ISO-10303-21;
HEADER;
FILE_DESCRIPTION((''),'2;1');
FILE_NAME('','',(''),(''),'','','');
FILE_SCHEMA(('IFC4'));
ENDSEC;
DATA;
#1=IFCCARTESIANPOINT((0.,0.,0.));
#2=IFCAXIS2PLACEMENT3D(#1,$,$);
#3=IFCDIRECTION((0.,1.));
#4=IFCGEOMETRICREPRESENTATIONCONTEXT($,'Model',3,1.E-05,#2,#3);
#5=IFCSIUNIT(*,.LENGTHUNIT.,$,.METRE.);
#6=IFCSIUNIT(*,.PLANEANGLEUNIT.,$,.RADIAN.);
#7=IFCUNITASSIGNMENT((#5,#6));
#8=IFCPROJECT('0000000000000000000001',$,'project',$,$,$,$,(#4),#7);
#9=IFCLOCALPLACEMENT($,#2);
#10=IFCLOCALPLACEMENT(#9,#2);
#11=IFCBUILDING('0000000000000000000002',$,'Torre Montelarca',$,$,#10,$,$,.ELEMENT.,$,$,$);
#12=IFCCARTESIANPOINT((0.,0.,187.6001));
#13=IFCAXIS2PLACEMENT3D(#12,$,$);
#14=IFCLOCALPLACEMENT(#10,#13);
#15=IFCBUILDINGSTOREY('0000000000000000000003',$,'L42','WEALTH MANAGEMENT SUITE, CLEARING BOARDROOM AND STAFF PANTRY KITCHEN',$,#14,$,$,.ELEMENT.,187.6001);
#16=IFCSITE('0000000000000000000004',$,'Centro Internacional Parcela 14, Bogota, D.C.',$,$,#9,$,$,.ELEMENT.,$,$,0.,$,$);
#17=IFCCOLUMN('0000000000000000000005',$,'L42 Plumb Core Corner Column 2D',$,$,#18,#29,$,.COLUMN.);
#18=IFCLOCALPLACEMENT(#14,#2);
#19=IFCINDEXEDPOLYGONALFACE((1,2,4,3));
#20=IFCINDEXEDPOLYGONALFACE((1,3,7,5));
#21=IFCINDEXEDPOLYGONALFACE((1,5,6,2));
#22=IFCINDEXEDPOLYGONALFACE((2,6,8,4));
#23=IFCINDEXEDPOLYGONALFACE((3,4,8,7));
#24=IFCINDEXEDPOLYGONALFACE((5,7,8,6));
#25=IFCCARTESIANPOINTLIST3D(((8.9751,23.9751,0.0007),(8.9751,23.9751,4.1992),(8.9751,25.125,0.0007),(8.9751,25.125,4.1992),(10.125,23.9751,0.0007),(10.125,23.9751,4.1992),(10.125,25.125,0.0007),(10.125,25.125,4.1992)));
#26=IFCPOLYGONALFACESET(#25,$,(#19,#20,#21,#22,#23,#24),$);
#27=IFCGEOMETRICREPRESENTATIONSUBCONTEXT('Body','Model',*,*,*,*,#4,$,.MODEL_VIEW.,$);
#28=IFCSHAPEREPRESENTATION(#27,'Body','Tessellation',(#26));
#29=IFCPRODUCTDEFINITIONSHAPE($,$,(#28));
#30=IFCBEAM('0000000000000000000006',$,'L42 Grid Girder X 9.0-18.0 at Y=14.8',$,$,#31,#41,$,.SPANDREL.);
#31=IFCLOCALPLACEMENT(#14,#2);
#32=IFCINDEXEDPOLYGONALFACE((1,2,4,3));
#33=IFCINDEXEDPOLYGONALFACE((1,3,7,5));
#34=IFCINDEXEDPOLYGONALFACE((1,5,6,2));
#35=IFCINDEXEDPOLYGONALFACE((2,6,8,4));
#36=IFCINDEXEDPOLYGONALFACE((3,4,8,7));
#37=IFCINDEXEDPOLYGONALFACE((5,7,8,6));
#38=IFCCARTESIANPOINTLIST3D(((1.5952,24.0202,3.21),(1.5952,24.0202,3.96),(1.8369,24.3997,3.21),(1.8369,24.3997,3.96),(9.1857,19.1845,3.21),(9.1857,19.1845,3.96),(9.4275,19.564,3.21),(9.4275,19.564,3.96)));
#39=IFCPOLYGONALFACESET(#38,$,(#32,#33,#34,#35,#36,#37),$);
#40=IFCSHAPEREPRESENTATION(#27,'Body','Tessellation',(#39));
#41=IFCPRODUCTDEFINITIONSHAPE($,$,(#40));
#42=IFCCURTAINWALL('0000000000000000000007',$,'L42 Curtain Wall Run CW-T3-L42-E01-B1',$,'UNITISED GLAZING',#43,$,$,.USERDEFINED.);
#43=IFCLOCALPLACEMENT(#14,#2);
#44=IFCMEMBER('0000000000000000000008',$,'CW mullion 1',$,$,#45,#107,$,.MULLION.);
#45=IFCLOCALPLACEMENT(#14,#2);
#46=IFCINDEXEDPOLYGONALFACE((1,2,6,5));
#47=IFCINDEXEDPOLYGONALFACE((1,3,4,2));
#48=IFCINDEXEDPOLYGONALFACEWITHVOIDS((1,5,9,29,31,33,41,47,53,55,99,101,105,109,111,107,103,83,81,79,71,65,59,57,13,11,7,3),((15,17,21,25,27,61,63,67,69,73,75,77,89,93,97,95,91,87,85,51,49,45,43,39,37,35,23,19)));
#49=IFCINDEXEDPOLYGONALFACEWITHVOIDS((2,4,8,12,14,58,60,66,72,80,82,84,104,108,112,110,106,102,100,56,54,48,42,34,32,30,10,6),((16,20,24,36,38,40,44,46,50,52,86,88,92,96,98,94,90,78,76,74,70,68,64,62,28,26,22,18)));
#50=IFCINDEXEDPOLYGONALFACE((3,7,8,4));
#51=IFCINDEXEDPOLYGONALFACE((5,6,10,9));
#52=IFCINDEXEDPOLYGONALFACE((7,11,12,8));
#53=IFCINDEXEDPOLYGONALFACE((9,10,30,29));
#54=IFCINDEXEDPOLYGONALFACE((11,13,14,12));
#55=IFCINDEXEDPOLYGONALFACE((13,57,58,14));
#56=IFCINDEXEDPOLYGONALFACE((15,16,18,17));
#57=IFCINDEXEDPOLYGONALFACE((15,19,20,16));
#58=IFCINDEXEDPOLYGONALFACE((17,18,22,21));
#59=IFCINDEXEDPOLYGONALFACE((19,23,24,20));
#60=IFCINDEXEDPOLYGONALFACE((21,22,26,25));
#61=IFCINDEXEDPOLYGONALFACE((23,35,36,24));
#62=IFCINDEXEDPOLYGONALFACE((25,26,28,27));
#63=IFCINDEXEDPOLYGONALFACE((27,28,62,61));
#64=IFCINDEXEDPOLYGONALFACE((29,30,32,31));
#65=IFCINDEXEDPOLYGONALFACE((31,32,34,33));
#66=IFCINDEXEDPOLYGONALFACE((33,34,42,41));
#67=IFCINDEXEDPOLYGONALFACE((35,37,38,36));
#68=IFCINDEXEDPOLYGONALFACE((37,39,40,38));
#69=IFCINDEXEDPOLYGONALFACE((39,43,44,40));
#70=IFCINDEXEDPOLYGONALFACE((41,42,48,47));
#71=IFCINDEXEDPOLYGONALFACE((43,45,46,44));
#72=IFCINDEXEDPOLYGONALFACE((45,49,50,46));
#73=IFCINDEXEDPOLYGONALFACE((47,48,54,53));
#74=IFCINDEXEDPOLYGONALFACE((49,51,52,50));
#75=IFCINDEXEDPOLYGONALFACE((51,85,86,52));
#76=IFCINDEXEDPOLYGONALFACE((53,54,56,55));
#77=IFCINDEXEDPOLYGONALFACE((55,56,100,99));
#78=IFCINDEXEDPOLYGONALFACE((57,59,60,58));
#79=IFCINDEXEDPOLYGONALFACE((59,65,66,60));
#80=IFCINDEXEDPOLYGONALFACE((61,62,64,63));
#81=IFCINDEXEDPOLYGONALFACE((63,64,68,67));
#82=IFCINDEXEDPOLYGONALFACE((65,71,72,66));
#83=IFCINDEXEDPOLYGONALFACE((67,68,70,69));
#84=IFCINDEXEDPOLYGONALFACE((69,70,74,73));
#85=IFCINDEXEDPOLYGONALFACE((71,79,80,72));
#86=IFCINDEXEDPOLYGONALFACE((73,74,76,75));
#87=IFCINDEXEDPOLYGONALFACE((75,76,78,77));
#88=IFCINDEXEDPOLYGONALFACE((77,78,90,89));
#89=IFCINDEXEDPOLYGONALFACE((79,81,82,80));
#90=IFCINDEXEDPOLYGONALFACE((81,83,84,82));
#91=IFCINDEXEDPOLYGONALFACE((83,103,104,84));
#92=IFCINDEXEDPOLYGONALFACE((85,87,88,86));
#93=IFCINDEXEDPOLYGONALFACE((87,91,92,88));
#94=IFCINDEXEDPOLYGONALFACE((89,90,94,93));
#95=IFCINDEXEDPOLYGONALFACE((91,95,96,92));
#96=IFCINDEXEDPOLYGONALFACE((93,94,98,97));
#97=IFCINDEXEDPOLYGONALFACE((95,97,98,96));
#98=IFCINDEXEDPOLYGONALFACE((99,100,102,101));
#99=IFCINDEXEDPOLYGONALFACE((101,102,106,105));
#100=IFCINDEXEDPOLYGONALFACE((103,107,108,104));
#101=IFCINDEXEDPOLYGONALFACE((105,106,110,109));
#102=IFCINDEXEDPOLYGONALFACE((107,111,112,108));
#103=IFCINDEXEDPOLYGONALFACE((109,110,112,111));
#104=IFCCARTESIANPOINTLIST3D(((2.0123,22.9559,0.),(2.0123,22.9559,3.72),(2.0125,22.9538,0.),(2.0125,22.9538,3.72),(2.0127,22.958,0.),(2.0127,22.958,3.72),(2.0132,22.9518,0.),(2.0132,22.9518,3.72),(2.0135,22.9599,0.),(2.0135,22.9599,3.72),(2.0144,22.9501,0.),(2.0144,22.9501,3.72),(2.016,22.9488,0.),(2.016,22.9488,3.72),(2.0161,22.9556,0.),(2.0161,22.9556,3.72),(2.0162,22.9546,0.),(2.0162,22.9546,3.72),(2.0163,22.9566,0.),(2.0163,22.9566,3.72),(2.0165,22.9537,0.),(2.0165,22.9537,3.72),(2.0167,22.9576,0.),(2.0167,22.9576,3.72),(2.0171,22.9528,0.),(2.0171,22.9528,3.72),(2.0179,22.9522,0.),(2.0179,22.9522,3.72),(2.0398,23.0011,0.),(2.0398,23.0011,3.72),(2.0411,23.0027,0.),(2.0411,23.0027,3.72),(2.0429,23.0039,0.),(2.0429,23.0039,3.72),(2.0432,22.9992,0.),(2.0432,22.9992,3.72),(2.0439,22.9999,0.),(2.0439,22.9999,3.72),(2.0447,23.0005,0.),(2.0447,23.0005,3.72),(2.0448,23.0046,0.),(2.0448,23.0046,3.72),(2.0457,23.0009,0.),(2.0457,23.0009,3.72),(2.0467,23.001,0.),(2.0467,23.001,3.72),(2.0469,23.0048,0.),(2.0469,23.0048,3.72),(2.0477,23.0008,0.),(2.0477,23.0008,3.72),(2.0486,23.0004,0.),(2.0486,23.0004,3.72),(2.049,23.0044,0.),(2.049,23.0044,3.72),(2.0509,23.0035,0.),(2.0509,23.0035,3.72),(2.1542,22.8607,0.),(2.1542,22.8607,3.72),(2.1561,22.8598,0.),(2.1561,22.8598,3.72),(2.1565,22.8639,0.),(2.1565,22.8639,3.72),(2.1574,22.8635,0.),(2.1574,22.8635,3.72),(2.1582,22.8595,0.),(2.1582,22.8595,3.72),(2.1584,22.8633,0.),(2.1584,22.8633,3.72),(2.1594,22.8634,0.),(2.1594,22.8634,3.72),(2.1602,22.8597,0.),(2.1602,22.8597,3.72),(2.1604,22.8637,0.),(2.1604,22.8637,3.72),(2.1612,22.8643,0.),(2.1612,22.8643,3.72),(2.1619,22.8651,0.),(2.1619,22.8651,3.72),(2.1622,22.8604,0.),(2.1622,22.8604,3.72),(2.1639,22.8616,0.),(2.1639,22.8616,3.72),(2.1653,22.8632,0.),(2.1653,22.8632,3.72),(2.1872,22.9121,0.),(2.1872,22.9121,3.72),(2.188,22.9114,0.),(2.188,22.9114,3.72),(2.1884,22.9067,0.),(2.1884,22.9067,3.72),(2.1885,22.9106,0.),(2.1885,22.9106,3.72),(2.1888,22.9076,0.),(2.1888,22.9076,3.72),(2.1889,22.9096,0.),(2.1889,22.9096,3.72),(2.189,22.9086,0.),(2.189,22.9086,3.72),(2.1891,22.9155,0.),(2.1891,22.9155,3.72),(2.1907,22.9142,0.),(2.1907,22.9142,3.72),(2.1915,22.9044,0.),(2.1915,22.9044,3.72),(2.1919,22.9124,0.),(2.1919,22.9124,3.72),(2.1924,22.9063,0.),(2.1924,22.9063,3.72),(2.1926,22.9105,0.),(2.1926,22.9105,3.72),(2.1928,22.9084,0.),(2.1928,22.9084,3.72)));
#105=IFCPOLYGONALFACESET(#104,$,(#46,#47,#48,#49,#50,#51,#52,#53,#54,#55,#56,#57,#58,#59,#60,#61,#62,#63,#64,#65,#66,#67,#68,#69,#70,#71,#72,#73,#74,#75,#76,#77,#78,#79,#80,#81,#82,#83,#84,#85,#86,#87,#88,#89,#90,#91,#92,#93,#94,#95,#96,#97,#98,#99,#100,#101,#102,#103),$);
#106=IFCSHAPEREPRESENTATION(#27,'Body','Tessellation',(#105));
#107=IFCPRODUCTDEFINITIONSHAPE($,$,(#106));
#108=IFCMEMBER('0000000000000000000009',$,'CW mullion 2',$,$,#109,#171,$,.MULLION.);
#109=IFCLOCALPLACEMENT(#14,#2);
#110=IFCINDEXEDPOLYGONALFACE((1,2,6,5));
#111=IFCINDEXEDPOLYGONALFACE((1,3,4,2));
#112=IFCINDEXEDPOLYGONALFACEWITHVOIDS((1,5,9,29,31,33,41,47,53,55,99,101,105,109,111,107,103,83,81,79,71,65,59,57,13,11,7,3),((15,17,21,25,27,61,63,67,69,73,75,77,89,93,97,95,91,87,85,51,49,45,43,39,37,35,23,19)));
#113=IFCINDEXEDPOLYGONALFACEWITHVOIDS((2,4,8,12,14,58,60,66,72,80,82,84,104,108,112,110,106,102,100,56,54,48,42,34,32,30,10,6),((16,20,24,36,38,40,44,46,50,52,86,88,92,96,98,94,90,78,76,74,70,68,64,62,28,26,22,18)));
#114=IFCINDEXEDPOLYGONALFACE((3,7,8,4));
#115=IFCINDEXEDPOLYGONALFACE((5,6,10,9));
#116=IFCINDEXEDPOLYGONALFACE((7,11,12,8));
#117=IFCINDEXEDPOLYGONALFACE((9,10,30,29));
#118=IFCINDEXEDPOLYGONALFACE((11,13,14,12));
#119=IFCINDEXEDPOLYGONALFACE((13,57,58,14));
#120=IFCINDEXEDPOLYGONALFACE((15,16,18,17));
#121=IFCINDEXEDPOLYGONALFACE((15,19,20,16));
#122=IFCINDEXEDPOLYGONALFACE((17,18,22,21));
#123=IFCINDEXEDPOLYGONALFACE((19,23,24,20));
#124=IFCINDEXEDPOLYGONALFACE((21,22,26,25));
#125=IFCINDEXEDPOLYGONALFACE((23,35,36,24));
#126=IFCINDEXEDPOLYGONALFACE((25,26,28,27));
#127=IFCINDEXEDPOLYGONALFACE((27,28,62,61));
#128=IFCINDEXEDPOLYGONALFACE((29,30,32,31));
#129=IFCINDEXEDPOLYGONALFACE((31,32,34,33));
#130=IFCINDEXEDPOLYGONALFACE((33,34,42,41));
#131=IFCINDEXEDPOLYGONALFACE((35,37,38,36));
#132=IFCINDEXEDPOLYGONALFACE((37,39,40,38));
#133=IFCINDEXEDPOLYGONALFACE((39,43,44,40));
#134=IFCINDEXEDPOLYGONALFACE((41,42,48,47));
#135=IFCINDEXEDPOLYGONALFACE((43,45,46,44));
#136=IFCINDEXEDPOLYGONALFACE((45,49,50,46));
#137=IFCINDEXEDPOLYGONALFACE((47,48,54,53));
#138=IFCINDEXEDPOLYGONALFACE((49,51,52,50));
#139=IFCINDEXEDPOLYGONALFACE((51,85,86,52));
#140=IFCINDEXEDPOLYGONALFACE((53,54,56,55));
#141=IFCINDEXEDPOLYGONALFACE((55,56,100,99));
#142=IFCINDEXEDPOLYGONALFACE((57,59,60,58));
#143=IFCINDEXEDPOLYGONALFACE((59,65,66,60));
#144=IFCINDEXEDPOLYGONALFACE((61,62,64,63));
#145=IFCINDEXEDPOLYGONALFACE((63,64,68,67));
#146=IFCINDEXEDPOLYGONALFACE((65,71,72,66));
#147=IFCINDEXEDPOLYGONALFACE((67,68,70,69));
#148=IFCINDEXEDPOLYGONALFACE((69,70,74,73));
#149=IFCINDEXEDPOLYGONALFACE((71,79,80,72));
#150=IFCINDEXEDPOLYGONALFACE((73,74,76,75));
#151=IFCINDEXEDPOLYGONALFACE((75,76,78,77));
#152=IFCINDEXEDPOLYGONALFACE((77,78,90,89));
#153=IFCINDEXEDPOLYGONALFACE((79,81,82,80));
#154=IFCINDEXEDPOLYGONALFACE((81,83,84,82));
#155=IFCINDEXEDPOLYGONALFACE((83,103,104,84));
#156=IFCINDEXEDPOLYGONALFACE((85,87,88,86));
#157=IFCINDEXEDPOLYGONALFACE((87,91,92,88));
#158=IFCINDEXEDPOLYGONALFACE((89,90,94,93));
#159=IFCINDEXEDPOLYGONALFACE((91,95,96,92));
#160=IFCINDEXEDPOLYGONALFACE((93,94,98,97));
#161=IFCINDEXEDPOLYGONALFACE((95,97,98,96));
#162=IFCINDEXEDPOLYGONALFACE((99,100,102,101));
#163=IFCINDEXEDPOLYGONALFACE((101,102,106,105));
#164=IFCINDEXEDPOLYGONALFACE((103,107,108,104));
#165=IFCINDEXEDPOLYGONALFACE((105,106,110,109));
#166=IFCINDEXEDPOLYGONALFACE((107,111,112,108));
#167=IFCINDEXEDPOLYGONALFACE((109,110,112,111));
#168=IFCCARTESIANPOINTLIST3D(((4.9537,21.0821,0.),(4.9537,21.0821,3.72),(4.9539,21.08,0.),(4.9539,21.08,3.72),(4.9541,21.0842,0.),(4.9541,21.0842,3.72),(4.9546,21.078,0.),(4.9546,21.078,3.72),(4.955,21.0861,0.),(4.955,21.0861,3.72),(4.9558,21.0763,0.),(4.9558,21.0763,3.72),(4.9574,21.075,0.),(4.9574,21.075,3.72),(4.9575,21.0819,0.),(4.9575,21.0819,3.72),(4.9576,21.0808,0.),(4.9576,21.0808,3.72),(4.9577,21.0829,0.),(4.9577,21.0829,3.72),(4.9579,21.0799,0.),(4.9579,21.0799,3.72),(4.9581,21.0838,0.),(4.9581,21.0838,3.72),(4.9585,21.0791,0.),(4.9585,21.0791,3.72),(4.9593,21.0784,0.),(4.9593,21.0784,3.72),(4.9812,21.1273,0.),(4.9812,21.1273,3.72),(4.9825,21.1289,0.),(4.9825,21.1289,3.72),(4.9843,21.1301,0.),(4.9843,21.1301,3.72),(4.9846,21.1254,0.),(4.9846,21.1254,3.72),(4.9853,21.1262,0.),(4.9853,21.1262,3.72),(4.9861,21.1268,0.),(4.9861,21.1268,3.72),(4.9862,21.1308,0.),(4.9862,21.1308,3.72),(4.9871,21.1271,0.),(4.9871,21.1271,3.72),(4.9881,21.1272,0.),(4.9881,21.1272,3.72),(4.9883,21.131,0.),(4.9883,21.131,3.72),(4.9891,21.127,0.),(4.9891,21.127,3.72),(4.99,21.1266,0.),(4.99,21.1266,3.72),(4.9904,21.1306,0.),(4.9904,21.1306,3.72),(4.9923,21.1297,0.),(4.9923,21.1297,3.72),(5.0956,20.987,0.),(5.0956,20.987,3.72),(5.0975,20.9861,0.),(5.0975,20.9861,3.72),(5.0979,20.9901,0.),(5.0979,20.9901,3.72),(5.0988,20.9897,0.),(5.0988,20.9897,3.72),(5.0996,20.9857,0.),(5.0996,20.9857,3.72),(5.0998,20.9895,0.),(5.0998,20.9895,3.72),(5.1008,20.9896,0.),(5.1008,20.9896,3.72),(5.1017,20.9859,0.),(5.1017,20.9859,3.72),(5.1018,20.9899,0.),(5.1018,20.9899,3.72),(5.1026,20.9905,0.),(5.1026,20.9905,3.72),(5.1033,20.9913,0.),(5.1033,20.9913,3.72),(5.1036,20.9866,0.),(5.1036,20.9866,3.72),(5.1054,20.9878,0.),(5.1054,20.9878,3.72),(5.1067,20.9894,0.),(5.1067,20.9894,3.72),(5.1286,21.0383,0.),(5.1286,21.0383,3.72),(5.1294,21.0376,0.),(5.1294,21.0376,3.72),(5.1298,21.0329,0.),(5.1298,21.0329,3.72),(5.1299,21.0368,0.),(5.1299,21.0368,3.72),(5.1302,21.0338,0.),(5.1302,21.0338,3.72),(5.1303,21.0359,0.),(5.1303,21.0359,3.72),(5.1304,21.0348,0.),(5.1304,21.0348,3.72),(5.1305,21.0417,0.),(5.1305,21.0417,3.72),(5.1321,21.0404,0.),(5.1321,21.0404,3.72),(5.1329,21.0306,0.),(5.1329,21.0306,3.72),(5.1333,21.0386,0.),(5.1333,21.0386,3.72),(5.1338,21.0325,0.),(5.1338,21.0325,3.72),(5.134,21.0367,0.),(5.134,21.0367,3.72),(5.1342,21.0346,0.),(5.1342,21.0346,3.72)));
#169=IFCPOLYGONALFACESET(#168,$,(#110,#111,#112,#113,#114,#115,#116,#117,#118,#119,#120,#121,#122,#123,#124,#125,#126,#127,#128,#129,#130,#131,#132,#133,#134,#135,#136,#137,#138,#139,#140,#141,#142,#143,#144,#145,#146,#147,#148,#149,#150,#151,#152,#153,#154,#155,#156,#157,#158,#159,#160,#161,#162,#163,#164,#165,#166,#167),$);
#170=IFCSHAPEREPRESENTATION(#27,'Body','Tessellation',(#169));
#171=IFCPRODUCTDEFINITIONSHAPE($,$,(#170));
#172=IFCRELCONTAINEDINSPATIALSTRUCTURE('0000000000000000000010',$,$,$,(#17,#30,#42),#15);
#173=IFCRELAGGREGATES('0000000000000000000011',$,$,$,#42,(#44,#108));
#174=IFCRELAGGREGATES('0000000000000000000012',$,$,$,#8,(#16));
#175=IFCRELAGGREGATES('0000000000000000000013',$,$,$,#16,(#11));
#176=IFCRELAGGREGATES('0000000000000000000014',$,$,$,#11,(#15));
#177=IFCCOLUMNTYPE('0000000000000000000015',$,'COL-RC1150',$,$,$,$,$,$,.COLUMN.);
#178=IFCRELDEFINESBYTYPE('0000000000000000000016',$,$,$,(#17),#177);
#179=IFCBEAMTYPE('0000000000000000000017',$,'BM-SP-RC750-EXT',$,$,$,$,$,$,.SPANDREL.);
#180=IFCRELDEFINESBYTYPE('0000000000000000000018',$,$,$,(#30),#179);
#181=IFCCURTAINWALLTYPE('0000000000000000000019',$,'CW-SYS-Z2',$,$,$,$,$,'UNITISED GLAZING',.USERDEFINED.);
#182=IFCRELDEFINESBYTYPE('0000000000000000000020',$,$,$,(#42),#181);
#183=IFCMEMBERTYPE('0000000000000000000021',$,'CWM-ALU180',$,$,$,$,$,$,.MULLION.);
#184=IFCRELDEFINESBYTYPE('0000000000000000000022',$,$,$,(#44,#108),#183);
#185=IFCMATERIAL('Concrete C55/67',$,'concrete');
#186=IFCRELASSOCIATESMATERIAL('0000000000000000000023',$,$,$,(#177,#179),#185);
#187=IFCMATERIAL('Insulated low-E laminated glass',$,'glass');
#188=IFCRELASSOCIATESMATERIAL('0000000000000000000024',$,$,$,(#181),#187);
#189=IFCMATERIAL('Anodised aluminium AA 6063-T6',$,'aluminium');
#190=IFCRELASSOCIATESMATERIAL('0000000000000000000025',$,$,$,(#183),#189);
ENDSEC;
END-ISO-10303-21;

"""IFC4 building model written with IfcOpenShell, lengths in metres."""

from ifc_helpers import new_model, si_unit, direction, frame, origin, origin_2d, place, context, subcontext, project, spatial, rectangle, hollow_rectangle, extrude, source, transform, mapped, material, material_profile, profile_set, type_object, element, aggregate, save


model = new_model("IFC4")

# Units and contexts
model_context = context("Model", 3, precision=1e-05, world=origin(), true_north=direction((0.0, 1.0)))
body_context = subcontext(model_context, "Body", "Model", "MODEL_VIEW")
ifc_project = project(units=[si_unit("LENGTHUNIT", "METRE"), si_unit("PLANEANGLEUNIT", "RADIAN")], contexts=[model_context])

# Site, building, storey
site_placement = place(None, origin())
site = spatial("IfcSite", under=ifc_project, at=site_placement, Name="Centro Internacional Parcela 14, Bogota, D.C.", CompositionType="ELEMENT", RefElevation=0.0)
building_placement = place(site_placement, origin())
building = spatial("IfcBuilding", under=site, at=building_placement, Name="Torre Montelarca", CompositionType="ELEMENT")
storey_placement = place(building_placement, frame((0.0, 0.0, 187.6001)))
storey = spatial("IfcBuildingStorey", under=building, at=storey_placement, Name="L42", Description="WEALTH MANAGEMENT SUITE, CLEARING BOARDROOM AND STAFF PANTRY KITCHEN", CompositionType="ELEMENT", Elevation=187.6001)

# Column
ifc_material_1 = material(Name="Concrete C55/67", Category="concrete")
ifc_material_profile_1 = material_profile(ifc_material_1, rectangle(XDim=1.1499, YDim=1.1499, at=origin_2d()), Name="RC1150X1150", Category="concrete")
ifc_profile_set_1 = profile_set([ifc_material_profile_1], Name="Concrete C55/67")
column_type = type_object("IfcColumnType", Name="COL-RC1150", PredefinedType="COLUMN", material=ifc_profile_set_1)
shared_shape_1 = source(origin(), body_context, "Body", "SweptSolid", [
    extrude(rectangle(XDim=1.1499, YDim=1.1499, at=origin_2d()), origin(), (0.0, 0.0, 1.0), 4.1985),
])
column_placement = place(storey_placement, frame((9.55, 24.55, 0.0007), z_axis=(0.0, 0.0, 1.0), x_axis=(1.0, 0.0, 0.0)))
element("IfcColumn", 1, at=column_placement, inside=storey, type_object=column_type, Name="L42 Plumb Core Corner Column 2D", PredefinedType="COLUMN", context=body_context, shape_type="MappedRepresentation", body=[
    mapped(shared_shape_1, transform((0.0, 0.0, 0.0), scale=1.0)),
])

# Beam
ifc_material_profile_2 = material_profile(ifc_material_1, rectangle(XDim=0.45, YDim=0.75, at=origin_2d()), Name="RCB450X750", Category="concrete")
ifc_profile_set_2 = profile_set([ifc_material_profile_2], Name="Concrete C55/67")
beam_type = type_object("IfcBeamType", Name="BM-SP-RC750-EXT", PredefinedType="SPANDREL", material=ifc_profile_set_2)
shared_shape_2 = source(origin(), body_context, "Body", "SweptSolid", [
    extrude(rectangle(XDim=0.45, YDim=0.75, at=origin_2d()), origin(), (0.0, 0.0, 1.0), 9.0),
])
beam_placement = place(storey_placement, frame((1.7161, 24.21, 3.585), z_axis=(0.843393, -0.537297, 0.0), x_axis=(0.537297, 0.843393, 0.0)))
element("IfcBeam", 2, at=beam_placement, inside=storey, type_object=beam_type, Name="L42 Grid Girder X 9.0-18.0 at Y=14.8", PredefinedType="SPANDREL", context=body_context, shape_type="MappedRepresentation", body=[
    mapped(shared_shape_2, transform((0.0, 0.0, 0.0), scale=1.0)),
])

# Curtain wall, members
ifc_material_2 = material(Name="Insulated low-E laminated glass", Category="glass")
curtain_wall_type = type_object("IfcCurtainWallType", Name="CW-SYS-Z2", ElementType="UNITISED GLAZING", PredefinedType="USERDEFINED", material=ifc_material_2)
curtain_wall_placement = place(storey_placement, origin())
curtain_wall = element("IfcCurtainWall", 3, at=curtain_wall_placement, inside=storey, type_object=curtain_wall_type, Name="L42 Curtain Wall Run CW-T3-L42-E01-B1", ObjectType="UNITISED GLAZING", PredefinedType="USERDEFINED")
ifc_material_3 = material(Name="Anodised aluminium AA 6063-T6", Category="aluminium")
ifc_material_profile_3 = material_profile(ifc_material_3, hollow_rectangle(XDim=0.0649, YDim=0.1799, WallThickness=0.0039, InnerFilletRadius=0.0039, OuterFilletRadius=0.0081, at=origin_2d()), Name="ALU65X180X4", Category="aluminium")
ifc_profile_set_3 = profile_set([ifc_material_profile_3], Name="Anodised aluminium AA 6063-T6")
member_type_1 = type_object("IfcMemberType", Name="CWM-ALU180", PredefinedType="MULLION", material=ifc_profile_set_3)
shared_shape_3 = source(origin(), body_context, "Body", "SweptSolid", [
    extrude(hollow_rectangle(XDim=0.0649, YDim=0.1799, WallThickness=0.0039, InnerFilletRadius=0.0039, OuterFilletRadius=0.0081, at=origin_2d()), origin(), (0.0, 0.0, 1.0), 3.72),
])
member_1_placement = place(storey_placement, frame((2.1025, 22.9321, 0.0), z_axis=(0.0, 0.0, 1.0), x_axis=(0.537306, 0.843388, 0.0)))
member_1 = element("IfcMember", 4, at=member_1_placement, type_object=member_type_1, Name="CW mullion 1", PredefinedType="MULLION", context=body_context, shape_type="MappedRepresentation", body=[
    mapped(shared_shape_3, transform((0.0, 0.0, 0.0), scale=1.0)),
])
member_2_placement = place(storey_placement, frame((5.0439, 21.0583, 0.0), z_axis=(0.0, 0.0, 1.0), x_axis=(0.537306, 0.843388, 0.0)))
member_2 = element("IfcMember", 5, at=member_2_placement, type_object=member_type_1, Name="CW mullion 2", PredefinedType="MULLION", context=body_context, shape_type="MappedRepresentation", body=[
    mapped(shared_shape_3, transform((0.0, 0.0, 0.0), scale=1.0)),
])
aggregate(curtain_wall, [member_1, member_2])

save(model, "model.ifc")
